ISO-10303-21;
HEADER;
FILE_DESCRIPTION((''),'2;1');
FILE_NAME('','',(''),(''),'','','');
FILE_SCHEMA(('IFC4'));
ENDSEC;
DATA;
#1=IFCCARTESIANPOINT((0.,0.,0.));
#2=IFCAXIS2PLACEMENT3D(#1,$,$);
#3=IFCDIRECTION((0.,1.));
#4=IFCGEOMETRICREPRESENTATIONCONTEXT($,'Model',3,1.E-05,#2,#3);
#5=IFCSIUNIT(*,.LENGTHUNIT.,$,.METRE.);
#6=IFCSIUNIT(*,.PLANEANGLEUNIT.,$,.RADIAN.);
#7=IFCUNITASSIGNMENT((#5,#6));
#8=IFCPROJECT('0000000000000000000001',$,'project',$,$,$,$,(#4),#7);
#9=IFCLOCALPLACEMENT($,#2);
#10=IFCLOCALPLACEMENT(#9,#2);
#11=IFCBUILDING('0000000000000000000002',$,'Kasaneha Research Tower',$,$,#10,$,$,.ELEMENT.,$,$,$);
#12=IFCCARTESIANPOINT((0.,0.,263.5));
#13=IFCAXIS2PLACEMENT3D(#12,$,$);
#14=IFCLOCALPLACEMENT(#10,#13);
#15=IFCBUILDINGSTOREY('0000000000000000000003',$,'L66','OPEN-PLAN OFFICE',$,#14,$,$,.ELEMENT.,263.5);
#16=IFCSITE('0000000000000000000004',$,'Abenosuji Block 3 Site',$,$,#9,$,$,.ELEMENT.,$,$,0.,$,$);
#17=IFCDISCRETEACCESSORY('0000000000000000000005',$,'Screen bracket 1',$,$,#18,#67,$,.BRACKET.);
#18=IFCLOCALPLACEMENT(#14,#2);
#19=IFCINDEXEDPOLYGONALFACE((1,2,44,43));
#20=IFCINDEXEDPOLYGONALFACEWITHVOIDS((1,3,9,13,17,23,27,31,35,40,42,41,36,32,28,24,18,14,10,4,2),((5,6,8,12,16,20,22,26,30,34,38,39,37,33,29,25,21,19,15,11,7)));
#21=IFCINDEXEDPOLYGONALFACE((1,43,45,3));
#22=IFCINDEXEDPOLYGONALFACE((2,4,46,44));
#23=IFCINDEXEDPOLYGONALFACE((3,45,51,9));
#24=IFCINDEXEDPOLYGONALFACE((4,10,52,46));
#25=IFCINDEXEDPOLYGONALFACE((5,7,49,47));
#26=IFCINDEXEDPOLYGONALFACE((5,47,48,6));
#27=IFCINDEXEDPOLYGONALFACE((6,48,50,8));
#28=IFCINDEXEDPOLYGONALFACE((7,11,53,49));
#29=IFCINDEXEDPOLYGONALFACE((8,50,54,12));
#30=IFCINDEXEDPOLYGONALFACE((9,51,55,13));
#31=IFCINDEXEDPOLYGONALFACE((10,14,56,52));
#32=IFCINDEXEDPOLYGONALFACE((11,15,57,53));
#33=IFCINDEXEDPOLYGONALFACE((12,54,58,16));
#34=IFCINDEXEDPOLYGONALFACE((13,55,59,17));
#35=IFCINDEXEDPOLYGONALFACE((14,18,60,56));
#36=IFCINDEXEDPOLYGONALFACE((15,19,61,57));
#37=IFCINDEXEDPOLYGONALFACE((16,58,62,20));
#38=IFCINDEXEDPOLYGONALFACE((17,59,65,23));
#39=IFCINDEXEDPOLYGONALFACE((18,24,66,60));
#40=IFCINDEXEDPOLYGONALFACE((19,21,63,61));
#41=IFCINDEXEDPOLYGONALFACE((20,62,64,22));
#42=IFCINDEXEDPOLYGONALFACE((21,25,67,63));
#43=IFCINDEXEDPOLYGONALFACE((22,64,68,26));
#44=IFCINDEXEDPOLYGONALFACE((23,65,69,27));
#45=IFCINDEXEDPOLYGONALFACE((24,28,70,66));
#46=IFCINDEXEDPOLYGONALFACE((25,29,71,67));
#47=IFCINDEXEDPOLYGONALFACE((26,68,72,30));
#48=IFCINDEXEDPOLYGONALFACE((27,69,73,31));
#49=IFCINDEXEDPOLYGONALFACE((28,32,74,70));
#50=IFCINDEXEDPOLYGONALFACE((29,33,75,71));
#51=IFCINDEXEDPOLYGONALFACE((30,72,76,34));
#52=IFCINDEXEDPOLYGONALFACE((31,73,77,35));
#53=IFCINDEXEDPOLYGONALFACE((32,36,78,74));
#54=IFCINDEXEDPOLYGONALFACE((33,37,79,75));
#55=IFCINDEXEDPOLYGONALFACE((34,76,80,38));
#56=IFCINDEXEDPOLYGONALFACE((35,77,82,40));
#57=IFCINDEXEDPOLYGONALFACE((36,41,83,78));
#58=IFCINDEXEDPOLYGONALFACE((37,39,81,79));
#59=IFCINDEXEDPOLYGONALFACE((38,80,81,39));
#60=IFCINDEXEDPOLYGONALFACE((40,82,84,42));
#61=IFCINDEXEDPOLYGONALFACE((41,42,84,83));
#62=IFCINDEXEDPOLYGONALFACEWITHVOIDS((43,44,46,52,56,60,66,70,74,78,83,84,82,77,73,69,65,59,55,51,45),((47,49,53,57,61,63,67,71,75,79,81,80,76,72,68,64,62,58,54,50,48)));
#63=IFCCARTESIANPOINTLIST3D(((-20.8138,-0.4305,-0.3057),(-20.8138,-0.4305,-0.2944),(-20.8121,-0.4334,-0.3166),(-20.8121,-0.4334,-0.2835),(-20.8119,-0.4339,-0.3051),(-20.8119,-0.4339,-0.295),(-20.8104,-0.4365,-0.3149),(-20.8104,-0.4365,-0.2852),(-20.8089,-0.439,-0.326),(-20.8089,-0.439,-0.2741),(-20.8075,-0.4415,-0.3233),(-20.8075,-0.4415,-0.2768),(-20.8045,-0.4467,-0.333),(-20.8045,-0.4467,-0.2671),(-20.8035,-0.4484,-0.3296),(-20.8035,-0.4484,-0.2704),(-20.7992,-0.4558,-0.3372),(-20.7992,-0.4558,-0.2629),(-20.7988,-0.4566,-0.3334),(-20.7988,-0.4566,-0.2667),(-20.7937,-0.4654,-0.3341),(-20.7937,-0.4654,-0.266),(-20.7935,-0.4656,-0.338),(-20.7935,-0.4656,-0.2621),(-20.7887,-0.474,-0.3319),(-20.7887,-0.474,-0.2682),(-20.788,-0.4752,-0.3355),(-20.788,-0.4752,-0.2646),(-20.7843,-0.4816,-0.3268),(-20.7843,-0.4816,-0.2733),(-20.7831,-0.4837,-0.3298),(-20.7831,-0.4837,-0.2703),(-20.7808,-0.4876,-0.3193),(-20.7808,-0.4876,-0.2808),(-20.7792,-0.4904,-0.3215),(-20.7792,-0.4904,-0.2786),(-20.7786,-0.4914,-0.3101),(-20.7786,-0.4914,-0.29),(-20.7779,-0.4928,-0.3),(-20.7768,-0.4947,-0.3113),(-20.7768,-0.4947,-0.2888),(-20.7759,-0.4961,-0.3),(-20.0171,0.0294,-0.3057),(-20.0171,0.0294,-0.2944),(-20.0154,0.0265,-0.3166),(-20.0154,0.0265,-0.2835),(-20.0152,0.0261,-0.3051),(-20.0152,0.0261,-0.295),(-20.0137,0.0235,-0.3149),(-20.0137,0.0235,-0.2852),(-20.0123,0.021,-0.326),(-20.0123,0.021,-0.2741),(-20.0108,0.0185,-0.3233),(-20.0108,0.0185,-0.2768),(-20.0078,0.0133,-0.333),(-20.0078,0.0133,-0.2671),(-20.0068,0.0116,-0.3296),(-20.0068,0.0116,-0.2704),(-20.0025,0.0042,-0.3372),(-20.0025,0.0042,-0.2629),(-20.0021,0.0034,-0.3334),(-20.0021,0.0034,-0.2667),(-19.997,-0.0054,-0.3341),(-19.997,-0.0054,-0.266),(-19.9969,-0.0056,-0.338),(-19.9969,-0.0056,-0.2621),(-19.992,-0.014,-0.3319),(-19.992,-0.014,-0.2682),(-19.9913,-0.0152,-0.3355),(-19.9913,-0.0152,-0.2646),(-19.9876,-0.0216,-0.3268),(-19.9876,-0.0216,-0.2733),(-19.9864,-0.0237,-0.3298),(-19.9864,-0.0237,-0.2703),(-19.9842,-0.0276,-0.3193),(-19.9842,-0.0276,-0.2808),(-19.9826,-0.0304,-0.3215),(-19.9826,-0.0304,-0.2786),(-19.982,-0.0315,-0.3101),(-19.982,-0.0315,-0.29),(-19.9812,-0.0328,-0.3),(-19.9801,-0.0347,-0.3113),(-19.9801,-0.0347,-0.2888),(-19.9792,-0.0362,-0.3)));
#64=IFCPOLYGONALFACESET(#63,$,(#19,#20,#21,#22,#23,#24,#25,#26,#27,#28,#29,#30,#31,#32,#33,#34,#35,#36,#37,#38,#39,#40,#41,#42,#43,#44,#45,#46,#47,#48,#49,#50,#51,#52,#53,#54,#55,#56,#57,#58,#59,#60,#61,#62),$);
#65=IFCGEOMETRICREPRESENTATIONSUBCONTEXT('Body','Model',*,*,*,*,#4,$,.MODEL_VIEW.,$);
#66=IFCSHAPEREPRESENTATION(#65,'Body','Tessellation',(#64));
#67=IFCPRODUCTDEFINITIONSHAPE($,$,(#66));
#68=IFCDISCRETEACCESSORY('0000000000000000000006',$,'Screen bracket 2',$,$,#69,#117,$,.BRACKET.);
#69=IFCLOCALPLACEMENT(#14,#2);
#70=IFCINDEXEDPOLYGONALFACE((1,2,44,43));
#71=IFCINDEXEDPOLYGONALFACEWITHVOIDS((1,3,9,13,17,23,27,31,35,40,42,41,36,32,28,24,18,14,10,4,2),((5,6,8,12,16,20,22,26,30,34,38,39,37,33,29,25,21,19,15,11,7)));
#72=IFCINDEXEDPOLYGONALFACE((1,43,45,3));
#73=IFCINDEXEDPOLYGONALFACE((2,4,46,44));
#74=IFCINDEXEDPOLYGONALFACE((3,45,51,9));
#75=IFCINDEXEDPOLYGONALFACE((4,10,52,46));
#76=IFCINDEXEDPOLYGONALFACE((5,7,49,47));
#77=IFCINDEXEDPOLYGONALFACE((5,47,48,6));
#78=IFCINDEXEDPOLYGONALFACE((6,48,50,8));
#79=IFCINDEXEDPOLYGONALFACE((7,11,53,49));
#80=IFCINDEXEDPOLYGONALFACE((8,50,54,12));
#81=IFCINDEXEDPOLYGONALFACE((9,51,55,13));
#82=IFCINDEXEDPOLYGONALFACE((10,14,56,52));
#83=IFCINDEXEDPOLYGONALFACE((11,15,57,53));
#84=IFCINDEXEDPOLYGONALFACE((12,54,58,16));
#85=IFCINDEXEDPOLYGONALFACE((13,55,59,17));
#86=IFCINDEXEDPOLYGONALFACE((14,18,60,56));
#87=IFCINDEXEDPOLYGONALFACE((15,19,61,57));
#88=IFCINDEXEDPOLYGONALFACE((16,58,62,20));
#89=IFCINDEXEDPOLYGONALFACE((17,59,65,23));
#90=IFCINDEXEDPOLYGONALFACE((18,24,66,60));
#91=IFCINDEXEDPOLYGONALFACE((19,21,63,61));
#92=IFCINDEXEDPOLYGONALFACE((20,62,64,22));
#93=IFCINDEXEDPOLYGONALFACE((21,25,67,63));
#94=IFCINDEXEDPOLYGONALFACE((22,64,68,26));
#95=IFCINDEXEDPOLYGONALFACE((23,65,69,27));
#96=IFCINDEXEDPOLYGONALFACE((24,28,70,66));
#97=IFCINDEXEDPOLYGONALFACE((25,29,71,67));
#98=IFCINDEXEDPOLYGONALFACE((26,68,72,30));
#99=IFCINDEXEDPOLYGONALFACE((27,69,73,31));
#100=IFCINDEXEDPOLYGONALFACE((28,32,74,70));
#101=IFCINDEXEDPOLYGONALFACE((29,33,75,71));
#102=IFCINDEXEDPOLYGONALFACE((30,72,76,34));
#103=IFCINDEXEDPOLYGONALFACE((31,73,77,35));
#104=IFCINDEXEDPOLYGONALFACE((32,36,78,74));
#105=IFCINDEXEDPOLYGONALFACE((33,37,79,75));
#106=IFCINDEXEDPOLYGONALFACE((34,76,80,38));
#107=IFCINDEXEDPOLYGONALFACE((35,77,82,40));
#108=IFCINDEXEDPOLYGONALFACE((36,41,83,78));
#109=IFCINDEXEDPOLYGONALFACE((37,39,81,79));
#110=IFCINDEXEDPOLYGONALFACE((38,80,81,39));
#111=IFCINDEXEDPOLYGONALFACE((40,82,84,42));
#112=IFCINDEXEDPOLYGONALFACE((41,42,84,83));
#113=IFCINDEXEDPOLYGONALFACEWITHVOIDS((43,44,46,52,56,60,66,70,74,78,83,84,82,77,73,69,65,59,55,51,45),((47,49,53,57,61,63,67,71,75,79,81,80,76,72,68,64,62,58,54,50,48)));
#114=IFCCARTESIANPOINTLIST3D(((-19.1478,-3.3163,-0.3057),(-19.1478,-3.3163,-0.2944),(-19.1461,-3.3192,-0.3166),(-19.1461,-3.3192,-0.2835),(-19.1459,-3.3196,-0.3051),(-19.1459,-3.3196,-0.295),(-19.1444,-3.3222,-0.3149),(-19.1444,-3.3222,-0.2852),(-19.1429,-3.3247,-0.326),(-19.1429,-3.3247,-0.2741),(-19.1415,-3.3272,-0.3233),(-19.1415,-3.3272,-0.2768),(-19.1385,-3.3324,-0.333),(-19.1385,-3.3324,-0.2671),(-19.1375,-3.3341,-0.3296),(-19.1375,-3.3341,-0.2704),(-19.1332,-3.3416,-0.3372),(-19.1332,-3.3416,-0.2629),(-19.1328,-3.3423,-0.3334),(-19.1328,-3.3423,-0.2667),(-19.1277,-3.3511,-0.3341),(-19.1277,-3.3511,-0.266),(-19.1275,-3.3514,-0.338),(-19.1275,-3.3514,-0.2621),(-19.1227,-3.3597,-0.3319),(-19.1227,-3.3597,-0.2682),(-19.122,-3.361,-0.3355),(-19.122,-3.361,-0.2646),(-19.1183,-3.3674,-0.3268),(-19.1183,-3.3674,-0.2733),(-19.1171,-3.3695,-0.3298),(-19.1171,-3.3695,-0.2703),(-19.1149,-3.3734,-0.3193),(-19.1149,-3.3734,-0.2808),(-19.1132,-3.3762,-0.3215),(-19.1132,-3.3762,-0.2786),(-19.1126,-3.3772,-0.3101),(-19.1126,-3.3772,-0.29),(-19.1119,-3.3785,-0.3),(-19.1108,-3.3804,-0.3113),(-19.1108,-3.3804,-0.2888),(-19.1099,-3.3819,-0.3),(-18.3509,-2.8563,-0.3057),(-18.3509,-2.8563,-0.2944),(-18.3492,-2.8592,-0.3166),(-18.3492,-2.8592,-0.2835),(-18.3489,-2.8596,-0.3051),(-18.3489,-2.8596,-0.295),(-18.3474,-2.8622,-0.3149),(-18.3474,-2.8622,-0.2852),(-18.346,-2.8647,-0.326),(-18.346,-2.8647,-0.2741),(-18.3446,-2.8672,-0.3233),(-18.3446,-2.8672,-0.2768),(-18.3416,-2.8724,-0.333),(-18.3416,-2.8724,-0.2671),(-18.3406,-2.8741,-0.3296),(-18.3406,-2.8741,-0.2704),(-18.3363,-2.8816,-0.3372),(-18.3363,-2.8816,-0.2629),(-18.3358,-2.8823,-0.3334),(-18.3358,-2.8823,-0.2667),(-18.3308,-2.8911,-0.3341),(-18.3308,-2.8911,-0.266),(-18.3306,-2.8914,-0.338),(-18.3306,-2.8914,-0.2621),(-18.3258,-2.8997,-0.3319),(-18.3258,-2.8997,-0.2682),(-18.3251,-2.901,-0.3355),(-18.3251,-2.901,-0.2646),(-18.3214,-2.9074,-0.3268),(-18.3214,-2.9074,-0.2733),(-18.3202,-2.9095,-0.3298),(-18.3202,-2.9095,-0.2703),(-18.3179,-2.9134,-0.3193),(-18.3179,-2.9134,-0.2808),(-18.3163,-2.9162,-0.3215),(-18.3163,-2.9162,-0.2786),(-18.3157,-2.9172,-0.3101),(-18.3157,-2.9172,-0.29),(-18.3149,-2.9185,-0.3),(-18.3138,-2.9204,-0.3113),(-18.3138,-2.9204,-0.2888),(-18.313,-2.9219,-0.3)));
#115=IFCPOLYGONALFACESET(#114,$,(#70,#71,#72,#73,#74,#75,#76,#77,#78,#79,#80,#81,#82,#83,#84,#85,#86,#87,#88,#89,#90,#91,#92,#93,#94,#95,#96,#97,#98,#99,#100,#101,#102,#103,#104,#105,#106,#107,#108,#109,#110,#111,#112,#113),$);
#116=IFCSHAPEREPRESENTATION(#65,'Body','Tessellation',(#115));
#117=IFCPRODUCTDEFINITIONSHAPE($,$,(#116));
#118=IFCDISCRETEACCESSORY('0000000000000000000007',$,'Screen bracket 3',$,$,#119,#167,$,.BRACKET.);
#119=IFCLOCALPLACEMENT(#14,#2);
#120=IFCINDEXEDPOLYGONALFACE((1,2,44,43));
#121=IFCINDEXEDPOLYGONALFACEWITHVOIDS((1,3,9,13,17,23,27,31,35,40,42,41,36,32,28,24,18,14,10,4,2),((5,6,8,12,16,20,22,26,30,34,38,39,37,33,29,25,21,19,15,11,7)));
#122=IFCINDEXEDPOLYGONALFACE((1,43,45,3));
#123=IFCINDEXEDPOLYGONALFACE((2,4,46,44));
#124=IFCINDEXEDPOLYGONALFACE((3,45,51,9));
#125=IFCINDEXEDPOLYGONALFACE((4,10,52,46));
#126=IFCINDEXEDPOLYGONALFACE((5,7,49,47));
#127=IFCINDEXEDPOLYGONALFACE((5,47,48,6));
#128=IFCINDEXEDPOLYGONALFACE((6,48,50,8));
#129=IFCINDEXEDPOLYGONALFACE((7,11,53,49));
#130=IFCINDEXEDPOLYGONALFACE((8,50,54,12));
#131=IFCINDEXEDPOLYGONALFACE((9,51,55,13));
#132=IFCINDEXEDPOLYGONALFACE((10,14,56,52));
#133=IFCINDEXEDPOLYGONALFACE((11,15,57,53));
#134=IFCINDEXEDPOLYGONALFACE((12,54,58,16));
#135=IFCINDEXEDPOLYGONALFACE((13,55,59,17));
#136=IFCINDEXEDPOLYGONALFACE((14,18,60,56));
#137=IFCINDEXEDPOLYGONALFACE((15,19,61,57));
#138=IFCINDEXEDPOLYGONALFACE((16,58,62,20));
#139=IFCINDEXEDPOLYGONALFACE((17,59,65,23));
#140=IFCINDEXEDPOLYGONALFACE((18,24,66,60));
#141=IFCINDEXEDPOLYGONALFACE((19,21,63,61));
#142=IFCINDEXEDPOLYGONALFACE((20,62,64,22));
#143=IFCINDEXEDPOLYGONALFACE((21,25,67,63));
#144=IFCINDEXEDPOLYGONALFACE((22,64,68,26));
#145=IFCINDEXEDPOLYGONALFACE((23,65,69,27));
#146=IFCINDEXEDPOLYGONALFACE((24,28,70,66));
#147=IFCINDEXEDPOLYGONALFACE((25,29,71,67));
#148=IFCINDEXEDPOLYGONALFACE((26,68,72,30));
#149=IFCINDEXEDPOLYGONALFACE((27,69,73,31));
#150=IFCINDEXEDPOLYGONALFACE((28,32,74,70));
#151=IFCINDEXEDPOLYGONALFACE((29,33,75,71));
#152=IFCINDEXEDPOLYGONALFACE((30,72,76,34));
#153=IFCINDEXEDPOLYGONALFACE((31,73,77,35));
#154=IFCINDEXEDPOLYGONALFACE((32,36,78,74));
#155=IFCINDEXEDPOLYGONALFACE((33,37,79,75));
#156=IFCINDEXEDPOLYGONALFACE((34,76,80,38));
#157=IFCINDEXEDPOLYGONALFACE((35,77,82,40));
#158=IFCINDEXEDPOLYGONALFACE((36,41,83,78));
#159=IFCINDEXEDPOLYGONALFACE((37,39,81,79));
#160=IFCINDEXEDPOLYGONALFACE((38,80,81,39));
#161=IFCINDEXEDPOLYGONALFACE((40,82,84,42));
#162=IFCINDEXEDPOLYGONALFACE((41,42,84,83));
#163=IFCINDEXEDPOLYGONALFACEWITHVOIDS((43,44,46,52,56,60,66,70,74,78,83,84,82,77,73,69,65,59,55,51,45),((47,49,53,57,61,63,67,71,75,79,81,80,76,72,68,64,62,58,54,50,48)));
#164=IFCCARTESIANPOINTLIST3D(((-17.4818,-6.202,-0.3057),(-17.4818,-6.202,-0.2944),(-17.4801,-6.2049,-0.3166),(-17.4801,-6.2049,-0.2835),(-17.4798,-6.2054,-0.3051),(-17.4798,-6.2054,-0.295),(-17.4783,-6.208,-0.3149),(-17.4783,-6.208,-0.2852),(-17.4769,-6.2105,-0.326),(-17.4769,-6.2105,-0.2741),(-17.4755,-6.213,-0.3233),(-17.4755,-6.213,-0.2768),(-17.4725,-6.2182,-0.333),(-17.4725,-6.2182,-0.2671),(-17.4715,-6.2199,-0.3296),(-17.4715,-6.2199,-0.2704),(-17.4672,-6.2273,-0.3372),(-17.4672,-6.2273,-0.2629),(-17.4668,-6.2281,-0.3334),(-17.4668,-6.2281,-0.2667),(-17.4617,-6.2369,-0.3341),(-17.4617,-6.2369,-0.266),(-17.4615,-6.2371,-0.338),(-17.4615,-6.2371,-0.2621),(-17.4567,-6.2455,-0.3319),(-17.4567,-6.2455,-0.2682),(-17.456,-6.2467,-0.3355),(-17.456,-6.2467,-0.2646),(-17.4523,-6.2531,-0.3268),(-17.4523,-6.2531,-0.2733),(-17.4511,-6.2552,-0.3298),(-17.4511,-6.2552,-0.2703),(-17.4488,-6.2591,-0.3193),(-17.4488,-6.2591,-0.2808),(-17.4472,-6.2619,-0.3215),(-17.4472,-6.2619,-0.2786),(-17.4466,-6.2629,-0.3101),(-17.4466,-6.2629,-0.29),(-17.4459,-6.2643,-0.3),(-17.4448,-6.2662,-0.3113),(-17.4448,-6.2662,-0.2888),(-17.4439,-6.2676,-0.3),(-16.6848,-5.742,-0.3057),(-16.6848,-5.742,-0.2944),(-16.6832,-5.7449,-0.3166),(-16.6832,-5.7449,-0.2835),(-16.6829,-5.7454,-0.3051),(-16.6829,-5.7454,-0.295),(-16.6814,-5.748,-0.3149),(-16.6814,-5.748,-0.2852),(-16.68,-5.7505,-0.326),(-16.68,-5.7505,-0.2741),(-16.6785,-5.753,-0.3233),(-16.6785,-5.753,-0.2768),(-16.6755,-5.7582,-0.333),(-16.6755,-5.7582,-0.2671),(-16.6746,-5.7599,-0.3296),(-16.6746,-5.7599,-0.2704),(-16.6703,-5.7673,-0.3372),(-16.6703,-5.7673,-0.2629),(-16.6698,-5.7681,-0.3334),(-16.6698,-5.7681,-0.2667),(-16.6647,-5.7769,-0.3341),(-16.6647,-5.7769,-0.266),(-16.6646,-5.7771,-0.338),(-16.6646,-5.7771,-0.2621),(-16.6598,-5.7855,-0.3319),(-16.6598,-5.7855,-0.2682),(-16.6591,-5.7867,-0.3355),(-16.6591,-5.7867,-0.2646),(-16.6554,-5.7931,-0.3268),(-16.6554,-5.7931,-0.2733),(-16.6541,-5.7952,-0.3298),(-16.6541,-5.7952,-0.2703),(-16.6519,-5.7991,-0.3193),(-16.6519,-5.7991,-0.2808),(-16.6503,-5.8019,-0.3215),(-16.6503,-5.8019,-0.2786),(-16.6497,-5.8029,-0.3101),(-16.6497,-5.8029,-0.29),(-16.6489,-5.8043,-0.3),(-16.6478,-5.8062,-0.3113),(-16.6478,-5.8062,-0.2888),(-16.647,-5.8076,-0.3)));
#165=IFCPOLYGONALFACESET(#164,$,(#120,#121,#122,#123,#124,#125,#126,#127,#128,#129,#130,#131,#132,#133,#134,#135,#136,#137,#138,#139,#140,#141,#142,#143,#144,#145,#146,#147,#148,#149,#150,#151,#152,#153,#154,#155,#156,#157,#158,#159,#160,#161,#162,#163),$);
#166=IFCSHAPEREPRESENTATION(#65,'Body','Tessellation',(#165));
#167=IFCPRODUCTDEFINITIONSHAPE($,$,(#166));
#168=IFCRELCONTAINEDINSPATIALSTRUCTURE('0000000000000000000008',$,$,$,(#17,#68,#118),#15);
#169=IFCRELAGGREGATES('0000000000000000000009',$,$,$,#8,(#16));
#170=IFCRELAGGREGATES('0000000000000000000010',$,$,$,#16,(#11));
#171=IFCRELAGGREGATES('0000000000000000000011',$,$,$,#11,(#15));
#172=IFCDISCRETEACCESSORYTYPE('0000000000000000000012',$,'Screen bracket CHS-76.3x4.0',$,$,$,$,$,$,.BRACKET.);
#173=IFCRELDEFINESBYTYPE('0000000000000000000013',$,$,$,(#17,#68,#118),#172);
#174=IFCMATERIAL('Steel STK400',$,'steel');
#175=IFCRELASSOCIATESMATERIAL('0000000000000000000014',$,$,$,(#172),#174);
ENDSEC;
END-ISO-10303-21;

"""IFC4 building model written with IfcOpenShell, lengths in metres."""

from ifc_helpers import new_model, si_unit, direction, frame, origin, origin_2d, place, context, subcontext, project, spatial, hollow_circle, extrude, material, material_profile, profile_set, type_object, element, save


model = new_model("IFC4")

# Units and contexts
model_context = context("Model", 3, precision=1e-05, world=origin(), true_north=direction((0.0, 1.0)))
body_context = subcontext(model_context, "Body", "Model", "MODEL_VIEW")
ifc_project = project(units=[si_unit("LENGTHUNIT", "METRE"), si_unit("PLANEANGLEUNIT", "RADIAN")], contexts=[model_context])

# Site, building, storey
site_placement = place(None, origin())
site = spatial("IfcSite", under=ifc_project, at=site_placement, Name="Abenosuji Block 3 Site", CompositionType="ELEMENT", RefElevation=0.0)
building_placement = place(site_placement, origin())
building = spatial("IfcBuilding", under=site, at=building_placement, Name="Kasaneha Research Tower", CompositionType="ELEMENT")
storey_placement = place(building_placement, frame((0.0, 0.0, 263.5)))
storey = spatial("IfcBuildingStorey", under=building, at=storey_placement, Name="L66", Description="OPEN-PLAN OFFICE", CompositionType="ELEMENT", Elevation=263.5)

# Discrete accessories
ifc_material_1 = material(Name="Steel STK400", Category="steel")
ifc_material_profile_1 = material_profile(ifc_material_1, hollow_circle(Radius=0.0381, WallThickness=0.0039, at=origin_2d()), Name="CHS-76.3x4.0")
ifc_profile_set_1 = profile_set([ifc_material_profile_1], Name="Steel STK400")
discrete_accessory_type = type_object("IfcDiscreteAccessoryType", Name="Screen bracket CHS-76.3x4.0", PredefinedType="BRACKET", material=ifc_profile_set_1)
discrete_accessory_placement = place(storey_placement, frame((-19.9983, -0.0032, -0.3), z_axis=(-0.866013, -0.500021, 0.0), x_axis=(0.500021, -0.866013, 0.0)))
element("IfcDiscreteAccessory", 1, at=discrete_accessory_placement, inside=storey, type_object=discrete_accessory_type, Name="Screen bracket 1", PredefinedType="BRACKET", context=body_context, shape_type="SweptSolid", body=[
    extrude(hollow_circle(Radius=0.0381, WallThickness=0.0039, at=origin_2d()), origin(), (0.0, 0.0, 1.0), 0.9199),
])
for number, where, z_axis, x_axis, name in (
    (2, (-18.332, -2.8889, -0.3), (-0.86608, -0.499906, 0.0), (0.499906, -0.86608, 0.0), "Screen bracket 2"),
    (3, (-16.666, -5.7747, -0.3), (-0.86608, -0.499906, 0.0), (0.499906, -0.86608, 0.0), "Screen bracket 3"),
):
    element("IfcDiscreteAccessory", number, at=place(storey_placement, frame(where, z_axis=z_axis, x_axis=x_axis)), inside=storey, type_object=discrete_accessory_type, Name=name, PredefinedType="BRACKET", context=body_context, shape_type="SweptSolid", body=[
        extrude(hollow_circle(Radius=0.0381, WallThickness=0.0039, at=origin_2d()), origin(), (0.0, 0.0, 1.0), 0.9202),
    ])

save(model, "model.ifc")
